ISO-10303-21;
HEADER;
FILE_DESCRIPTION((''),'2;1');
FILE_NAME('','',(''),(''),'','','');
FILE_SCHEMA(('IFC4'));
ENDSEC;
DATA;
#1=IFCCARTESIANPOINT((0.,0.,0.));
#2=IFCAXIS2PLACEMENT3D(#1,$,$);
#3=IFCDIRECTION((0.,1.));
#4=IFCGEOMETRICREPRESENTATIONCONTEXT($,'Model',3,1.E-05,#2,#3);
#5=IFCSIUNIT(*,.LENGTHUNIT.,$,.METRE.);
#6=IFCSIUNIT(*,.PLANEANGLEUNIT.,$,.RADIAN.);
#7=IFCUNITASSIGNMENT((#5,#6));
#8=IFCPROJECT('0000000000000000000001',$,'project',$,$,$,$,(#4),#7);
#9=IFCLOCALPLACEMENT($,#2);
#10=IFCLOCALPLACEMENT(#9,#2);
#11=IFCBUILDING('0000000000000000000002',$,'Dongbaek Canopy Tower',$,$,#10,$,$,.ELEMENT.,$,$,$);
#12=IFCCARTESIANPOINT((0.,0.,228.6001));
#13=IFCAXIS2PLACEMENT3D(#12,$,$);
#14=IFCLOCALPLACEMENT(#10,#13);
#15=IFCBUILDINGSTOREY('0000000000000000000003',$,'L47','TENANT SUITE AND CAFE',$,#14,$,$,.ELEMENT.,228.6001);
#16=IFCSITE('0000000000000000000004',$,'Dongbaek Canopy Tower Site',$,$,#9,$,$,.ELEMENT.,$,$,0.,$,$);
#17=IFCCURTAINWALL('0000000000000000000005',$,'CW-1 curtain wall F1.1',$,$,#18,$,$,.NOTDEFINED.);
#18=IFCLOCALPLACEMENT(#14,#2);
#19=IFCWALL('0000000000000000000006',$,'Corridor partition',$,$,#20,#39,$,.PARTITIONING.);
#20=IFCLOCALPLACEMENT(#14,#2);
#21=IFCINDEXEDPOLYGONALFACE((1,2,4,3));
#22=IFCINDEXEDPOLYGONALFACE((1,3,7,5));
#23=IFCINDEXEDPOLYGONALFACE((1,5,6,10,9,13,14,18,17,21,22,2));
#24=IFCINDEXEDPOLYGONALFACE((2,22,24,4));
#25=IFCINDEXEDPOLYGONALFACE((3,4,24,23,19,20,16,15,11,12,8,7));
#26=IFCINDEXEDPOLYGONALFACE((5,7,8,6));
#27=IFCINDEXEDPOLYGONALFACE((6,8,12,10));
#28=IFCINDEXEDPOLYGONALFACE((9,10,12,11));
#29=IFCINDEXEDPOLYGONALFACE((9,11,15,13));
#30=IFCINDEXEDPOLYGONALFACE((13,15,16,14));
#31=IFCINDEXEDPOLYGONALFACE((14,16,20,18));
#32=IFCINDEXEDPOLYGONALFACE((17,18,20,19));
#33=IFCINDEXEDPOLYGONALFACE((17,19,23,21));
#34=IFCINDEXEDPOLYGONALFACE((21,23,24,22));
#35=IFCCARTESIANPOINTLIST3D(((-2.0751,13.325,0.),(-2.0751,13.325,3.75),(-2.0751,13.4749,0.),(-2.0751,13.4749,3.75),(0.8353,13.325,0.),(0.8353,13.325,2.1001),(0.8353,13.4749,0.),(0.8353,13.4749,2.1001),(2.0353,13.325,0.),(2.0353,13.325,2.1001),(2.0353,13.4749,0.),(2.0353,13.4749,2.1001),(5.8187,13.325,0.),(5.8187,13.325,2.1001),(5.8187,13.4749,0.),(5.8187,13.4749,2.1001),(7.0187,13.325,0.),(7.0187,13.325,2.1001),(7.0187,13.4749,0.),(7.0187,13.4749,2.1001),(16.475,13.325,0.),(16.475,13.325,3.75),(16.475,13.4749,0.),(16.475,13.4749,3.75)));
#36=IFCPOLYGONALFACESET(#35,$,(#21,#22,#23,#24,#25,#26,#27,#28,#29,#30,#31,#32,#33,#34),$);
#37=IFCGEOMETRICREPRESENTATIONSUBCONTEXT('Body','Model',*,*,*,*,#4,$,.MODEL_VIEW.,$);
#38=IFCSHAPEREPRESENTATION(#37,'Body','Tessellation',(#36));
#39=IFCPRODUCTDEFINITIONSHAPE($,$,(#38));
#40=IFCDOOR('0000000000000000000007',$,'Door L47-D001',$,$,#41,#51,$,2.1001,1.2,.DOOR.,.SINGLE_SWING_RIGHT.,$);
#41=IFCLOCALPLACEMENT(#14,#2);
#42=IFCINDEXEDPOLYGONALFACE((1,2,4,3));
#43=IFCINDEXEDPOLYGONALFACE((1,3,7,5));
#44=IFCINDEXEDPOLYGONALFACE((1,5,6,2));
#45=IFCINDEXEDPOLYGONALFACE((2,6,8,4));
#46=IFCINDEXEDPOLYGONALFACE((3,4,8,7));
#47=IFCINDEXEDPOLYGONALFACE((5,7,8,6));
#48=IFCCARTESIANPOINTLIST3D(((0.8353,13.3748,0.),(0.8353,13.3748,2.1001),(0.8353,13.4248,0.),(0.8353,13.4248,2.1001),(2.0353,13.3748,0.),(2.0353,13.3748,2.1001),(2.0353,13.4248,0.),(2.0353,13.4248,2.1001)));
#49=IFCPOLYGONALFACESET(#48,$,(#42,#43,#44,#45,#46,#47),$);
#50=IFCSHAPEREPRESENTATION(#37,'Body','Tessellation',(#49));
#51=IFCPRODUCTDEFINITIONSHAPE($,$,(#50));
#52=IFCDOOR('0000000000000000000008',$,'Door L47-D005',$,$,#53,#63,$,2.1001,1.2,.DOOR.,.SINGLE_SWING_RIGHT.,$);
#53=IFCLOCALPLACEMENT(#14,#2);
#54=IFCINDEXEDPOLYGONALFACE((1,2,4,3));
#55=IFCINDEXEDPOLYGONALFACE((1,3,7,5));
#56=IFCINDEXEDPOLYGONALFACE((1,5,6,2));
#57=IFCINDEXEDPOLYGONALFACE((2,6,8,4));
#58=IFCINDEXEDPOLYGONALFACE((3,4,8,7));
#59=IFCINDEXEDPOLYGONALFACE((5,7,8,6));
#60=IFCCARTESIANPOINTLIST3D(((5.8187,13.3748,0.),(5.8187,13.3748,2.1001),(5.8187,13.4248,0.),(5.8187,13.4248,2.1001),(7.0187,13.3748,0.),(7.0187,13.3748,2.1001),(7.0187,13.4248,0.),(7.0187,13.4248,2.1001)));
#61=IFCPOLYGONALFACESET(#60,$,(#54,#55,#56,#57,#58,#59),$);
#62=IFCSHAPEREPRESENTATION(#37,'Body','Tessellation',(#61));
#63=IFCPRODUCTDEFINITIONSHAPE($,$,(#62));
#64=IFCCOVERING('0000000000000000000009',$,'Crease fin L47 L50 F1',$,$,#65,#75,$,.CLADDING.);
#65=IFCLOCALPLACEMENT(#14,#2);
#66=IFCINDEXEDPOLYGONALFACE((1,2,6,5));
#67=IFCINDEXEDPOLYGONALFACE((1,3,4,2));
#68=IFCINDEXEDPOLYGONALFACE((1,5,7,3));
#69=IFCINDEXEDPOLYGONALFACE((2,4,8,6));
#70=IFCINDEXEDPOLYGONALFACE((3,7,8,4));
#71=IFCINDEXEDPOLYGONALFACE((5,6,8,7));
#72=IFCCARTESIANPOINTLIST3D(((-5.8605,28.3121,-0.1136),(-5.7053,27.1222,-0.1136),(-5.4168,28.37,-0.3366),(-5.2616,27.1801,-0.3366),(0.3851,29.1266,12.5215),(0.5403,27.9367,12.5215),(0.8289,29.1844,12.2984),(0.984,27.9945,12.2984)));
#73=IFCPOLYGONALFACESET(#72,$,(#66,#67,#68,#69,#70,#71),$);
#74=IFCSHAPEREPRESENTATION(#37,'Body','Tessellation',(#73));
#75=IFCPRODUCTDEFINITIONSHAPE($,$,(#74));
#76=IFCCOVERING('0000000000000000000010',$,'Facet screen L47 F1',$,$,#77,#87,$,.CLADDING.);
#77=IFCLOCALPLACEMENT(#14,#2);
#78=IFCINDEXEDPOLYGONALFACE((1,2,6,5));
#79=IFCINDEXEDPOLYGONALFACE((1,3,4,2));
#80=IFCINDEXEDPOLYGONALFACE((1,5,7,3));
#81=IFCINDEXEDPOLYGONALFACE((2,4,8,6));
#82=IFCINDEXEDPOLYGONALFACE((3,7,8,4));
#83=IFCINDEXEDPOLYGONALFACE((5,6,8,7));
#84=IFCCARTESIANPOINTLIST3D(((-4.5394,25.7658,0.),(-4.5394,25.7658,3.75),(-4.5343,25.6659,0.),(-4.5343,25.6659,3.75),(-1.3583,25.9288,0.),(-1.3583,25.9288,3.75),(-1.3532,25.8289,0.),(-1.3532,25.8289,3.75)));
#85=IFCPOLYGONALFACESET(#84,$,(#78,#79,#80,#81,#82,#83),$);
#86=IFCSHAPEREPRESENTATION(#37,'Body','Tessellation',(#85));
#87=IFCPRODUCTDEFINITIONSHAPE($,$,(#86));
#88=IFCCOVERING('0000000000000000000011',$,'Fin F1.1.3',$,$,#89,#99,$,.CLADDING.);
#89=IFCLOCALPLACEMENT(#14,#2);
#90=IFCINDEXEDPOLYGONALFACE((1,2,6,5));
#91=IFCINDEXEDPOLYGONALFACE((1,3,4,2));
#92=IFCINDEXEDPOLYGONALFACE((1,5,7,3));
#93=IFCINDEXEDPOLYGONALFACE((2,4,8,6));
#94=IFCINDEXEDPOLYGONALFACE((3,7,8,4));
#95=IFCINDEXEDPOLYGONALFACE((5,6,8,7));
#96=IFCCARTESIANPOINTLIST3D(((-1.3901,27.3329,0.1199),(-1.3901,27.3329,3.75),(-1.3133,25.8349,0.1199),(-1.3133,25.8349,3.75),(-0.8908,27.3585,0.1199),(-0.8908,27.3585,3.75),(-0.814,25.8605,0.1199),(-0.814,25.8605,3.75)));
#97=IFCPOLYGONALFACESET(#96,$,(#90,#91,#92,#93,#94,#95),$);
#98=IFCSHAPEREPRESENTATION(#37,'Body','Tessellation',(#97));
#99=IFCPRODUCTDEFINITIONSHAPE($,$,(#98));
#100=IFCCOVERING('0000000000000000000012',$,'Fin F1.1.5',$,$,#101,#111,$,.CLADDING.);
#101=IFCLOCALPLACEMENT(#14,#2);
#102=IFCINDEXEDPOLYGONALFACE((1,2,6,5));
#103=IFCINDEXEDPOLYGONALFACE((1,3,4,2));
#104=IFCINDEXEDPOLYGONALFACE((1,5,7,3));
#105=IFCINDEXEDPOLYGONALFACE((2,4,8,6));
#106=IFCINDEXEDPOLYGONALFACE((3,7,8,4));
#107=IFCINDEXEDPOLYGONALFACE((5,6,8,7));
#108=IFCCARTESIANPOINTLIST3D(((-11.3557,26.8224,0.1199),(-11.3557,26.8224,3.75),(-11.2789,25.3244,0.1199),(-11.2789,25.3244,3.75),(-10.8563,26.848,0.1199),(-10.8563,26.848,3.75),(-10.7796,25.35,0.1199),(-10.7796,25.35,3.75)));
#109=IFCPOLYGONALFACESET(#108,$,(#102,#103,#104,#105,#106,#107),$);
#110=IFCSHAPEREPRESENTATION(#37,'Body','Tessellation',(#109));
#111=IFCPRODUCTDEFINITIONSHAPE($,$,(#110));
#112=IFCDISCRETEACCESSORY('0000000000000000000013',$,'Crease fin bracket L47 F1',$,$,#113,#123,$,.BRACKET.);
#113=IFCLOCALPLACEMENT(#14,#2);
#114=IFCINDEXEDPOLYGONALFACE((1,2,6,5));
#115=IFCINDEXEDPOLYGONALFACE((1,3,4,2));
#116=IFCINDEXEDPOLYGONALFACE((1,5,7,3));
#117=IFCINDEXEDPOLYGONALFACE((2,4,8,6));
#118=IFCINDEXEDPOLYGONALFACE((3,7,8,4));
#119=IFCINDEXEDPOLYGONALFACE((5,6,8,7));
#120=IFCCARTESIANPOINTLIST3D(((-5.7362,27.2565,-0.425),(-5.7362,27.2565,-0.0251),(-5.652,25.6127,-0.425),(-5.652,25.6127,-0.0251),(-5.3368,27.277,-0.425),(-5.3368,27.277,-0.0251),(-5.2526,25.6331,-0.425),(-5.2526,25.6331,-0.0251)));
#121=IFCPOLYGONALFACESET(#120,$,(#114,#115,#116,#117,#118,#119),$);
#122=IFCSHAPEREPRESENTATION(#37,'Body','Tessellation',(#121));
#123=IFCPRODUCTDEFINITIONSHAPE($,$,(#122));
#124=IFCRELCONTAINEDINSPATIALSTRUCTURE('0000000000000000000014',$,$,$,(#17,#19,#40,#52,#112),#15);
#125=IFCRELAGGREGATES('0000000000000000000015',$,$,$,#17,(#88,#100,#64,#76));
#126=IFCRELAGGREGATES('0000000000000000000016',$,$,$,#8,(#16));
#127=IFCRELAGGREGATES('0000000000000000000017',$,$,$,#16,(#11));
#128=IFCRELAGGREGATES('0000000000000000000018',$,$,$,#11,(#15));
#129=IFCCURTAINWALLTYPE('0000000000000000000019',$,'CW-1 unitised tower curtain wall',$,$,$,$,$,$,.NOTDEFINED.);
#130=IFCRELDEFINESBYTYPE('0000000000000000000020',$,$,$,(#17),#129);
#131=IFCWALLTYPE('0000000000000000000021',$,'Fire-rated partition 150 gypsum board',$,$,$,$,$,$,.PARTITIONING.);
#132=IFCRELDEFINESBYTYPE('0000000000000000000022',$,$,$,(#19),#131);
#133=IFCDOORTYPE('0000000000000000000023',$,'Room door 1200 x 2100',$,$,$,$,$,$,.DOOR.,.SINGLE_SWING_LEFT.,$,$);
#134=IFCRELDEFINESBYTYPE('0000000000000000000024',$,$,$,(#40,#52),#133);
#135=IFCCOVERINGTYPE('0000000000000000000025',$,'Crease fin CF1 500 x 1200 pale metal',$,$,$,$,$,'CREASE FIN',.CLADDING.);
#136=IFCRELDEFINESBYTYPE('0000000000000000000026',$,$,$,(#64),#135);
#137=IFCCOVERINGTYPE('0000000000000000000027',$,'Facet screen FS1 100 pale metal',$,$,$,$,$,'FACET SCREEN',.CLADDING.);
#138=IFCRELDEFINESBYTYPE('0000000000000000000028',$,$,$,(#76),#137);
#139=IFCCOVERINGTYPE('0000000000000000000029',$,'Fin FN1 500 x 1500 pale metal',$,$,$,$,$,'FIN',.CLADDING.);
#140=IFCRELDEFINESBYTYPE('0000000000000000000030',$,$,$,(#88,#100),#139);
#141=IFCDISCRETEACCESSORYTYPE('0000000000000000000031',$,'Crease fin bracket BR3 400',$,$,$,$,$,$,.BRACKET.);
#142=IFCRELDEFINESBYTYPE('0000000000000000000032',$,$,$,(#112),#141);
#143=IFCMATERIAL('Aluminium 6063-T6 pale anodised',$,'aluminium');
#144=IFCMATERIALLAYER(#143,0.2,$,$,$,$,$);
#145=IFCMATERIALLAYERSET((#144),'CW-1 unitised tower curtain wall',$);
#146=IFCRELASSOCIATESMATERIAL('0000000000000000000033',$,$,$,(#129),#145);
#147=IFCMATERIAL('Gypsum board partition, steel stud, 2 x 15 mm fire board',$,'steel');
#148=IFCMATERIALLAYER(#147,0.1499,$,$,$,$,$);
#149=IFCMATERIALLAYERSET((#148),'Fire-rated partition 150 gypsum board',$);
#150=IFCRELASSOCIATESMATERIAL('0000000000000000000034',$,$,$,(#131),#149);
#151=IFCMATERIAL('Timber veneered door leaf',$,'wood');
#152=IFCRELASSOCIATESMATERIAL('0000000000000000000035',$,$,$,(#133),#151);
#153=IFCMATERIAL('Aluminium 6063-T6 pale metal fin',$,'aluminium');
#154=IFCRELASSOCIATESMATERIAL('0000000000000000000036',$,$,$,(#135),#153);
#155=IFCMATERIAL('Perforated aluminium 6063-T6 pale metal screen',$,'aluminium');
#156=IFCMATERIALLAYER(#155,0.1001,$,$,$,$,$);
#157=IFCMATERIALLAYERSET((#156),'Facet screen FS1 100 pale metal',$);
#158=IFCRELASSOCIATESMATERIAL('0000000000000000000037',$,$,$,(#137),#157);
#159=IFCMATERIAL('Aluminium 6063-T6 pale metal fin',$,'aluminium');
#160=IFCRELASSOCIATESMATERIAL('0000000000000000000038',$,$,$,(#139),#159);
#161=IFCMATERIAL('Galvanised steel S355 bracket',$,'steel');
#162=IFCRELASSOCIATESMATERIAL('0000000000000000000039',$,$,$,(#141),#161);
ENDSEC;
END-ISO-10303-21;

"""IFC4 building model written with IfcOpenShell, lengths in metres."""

from ifc_helpers import new_model, si_unit, direction, frame, frame_2d, origin, origin_2d, place, context, subcontext, project, spatial, rectangle, extrude, material, layer, layer_set, material_profile, profile_set, type_object, element, fill, aggregate, save


model = new_model("IFC4")

# Units and contexts
model_context = context("Model", 3, precision=1e-05, world=origin(), true_north=direction((0.0, 1.0)))
body_context = subcontext(model_context, "Body", "Model", "MODEL_VIEW")
ifc_project = project(units=[si_unit("LENGTHUNIT", "METRE"), si_unit("PLANEANGLEUNIT", "RADIAN")], contexts=[model_context])

# Site, building, storey
site_placement = place(None, origin())
site = spatial("IfcSite", under=ifc_project, at=site_placement, Name="Dongbaek Canopy Tower Site", CompositionType="ELEMENT", RefElevation=0.0)
building_placement = place(site_placement, origin())
building = spatial("IfcBuilding", under=site, at=building_placement, Name="Dongbaek Canopy Tower", CompositionType="ELEMENT")
storey_placement = place(building_placement, frame((0.0, 0.0, 228.6001)))
storey = spatial("IfcBuildingStorey", under=building, at=storey_placement, Name="L47", Description="TENANT SUITE AND CAFE", CompositionType="ELEMENT", Elevation=228.6001)

# Curtain wall
ifc_material_1 = material(Name="Aluminium 6063-T6 pale anodised", Category="aluminium")
ifc_layer_1 = layer(ifc_material_1, 0.2)
ifc_layer_set_1 = layer_set([ifc_layer_1], Name="CW-1 unitised tower curtain wall")
curtain_wall_type = type_object("IfcCurtainWallType", Name="CW-1 unitised tower curtain wall", PredefinedType="NOTDEFINED", material=ifc_layer_set_1)
curtain_wall_1_placement = place(storey_placement, origin())
curtain_wall_1 = element("IfcCurtainWall", 1, at=curtain_wall_1_placement, inside=storey, type_object=curtain_wall_type, Name="CW-1 curtain wall F1.1", PredefinedType="NOTDEFINED")

# Wall, openings, doors
ifc_material_2 = material(Name="Gypsum board partition, steel stud, 2 x 15 mm fire board", Category="steel")
ifc_layer_2 = layer(ifc_material_2, 0.1499)
ifc_layer_set_2 = layer_set([ifc_layer_2], Name="Fire-rated partition 150 gypsum board")
wall_type = type_object("IfcWallType", Name="Fire-rated partition 150 gypsum board", PredefinedType="PARTITIONING", material=ifc_layer_set_2)
wall_placement = place(storey_placement, frame((-2.075, 13.3999, 0.0), z_axis=(0.0, 0.0, 1.0), x_axis=(1.0, 0.0, 0.0)))
wall = element("IfcWall", 2, at=wall_placement, inside=storey, type_object=wall_type, Name="Corridor partition", PredefinedType="PARTITIONING", context=body_context, shape_type="SweptSolid", body=[
    extrude(rectangle(XDim=18.55, YDim=0.1499, at=frame_2d((9.2749, 0.0))), origin(), (0.0, 0.0, 1.0), 3.75),
])
opening_1_placement = place(wall_placement, frame((2.9102, 0.0, 0.0)))
opening_1 = element("IfcOpeningElement", 3, at=opening_1_placement, cuts=wall, PredefinedType="OPENING", context=body_context, shape_type="SweptSolid", body=[
    extrude(rectangle(XDim=1.2, YDim=2.1001, at=frame_2d((0.6001, 1.05))), frame((0.0, 0.085, 0.0), z_axis=(0.0, -1.0, 0.0), x_axis=(1.0, 0.0, 0.0)), (0.0, 0.0, 1.0), 0.1699),
])
opening_2_placement = place(wall_placement, frame((7.8936, 0.0, 0.0)))
opening_2 = element("IfcOpeningElement", 4, at=opening_2_placement, cuts=wall, PredefinedType="OPENING", context=body_context, shape_type="SweptSolid", body=[
    extrude(rectangle(XDim=1.2, YDim=2.1001, at=frame_2d((0.6001, 1.05))), frame((0.0, 0.085, 0.0), z_axis=(0.0, -1.0, 0.0), x_axis=(1.0, 0.0, 0.0)), (0.0, 0.0, 1.0), 0.1699),
])
ifc_material_3 = material(Name="Timber veneered door leaf", Category="wood")
door_type = type_object("IfcDoorType", Name="Room door 1200 x 2100", OperationType="SINGLE_SWING_LEFT", PredefinedType="DOOR", material=ifc_material_3)
door_1_placement = place(opening_1_placement, origin())
door_1 = element("IfcDoor", 5, at=door_1_placement, inside=storey, type_object=door_type, Name="Door L47-D001", OperationType="SINGLE_SWING_RIGHT", OverallHeight=2.1001, OverallWidth=1.2, PredefinedType="DOOR", context=body_context, shape_type="SweptSolid", body=[
    extrude(rectangle(XDim=1.2, YDim=2.1001, at=frame_2d((0.6001, 1.05))), frame((0.0, 0.0249, 0.0), z_axis=(0.0, -1.0, 0.0), x_axis=(1.0, 0.0, 0.0)), (0.0, 0.0, 1.0), 0.05),
])
fill(opening_1, door_1)
door_2_placement = place(opening_2_placement, origin())
door_2 = element("IfcDoor", 6, at=door_2_placement, inside=storey, type_object=door_type, Name="Door L47-D005", OperationType="SINGLE_SWING_RIGHT", OverallHeight=2.1001, OverallWidth=1.2, PredefinedType="DOOR", context=body_context, shape_type="SweptSolid", body=[
    extrude(rectangle(XDim=1.2, YDim=2.1001, at=frame_2d((0.6001, 1.05))), frame((0.0, 0.0249, 0.0), z_axis=(0.0, -1.0, 0.0), x_axis=(1.0, 0.0, 0.0)), (0.0, 0.0, 1.0), 0.05),
])
fill(opening_2, door_2)

# Coverings
ifc_material_4 = material(Name="Aluminium 6063-T6 pale metal fin", Category="aluminium")
ifc_material_profile_1 = material_profile(ifc_material_4, rectangle(XDim=1.2, YDim=0.5, at=origin_2d()), Name="Crease fin CF1 500 x 1200 pale metal")
ifc_profile_set_1 = profile_set([ifc_material_profile_1], Name="Aluminium 6063-T6 pale metal fin")
covering_type_1 = type_object("IfcCoveringType", Name="Crease fin CF1 500 x 1200 pale metal", ElementType="CREASE FIN", PredefinedType="CLADDING", material=ifc_profile_set_1)
covering_1_placement = place(storey_placement, frame((-5.561, 27.7461, -0.2251), z_axis=(0.44239, 0.057689, 0.894965), x_axis=(-0.129309, 0.991604, 0.0)))
covering_1 = element("IfcCovering", 7, at=covering_1_placement, type_object=covering_type_1, Name="Crease fin L47 L50 F1", PredefinedType="CLADDING", context=body_context, shape_type="SweptSolid", body=[
    extrude(rectangle(XDim=1.2, YDim=0.5, at=origin_2d()), origin(), (0.0, 0.0, 1.0), 14.1179),
])
ifc_material_5 = material(Name="Perforated aluminium 6063-T6 pale metal screen", Category="aluminium")
ifc_layer_3 = layer(ifc_material_5, 0.1001)
ifc_layer_set_3 = layer_set([ifc_layer_3], Name="Facet screen FS1 100 pale metal")
covering_type_2 = type_object("IfcCoveringType", Name="Facet screen FS1 100 pale metal", ElementType="FACET SCREEN", PredefinedType="CLADDING", material=ifc_layer_set_3)
covering_2_placement = place(storey_placement, frame((-2.9463, 25.7974, 0.0), z_axis=(0.0, 0.0, 1.0), x_axis=(-0.99869, -0.051172, 0.0)))
covering_2 = element("IfcCovering", 8, at=covering_2_placement, type_object=covering_type_2, Name="Facet screen L47 F1", PredefinedType="CLADDING", context=body_context, shape_type="SweptSolid", body=[
    extrude(rectangle(XDim=3.1853, YDim=0.1001, at=origin_2d()), origin(), (0.0, 0.0, 1.0), 3.75),
])
ifc_material_6 = material(Name="Aluminium 6063-T6 pale metal fin", Category="aluminium")
ifc_material_profile_2 = material_profile(ifc_material_6, rectangle(XDim=1.5, YDim=0.5, at=origin_2d()), Name="Fin FN1 500 x 1500 pale metal")
ifc_profile_set_2 = profile_set([ifc_material_profile_2], Name="Aluminium 6063-T6 pale metal fin")
covering_type_3 = type_object("IfcCoveringType", Name="Fin FN1 500 x 1500 pale metal", ElementType="FIN", PredefinedType="CLADDING", material=ifc_profile_set_2)
covering_3_placement = place(storey_placement, frame((-1.1021, 26.5967, 0.1199), z_axis=(0.0, 0.0, 1.0), x_axis=(-0.051171, 0.99869, 0.0)))
covering_3 = element("IfcCovering", 9, at=covering_3_placement, type_object=covering_type_3, Name="Fin F1.1.3", PredefinedType="CLADDING", context=body_context, shape_type="SweptSolid", body=[
    extrude(rectangle(XDim=1.5, YDim=0.5, at=origin_2d()), origin(), (0.0, 0.0, 1.0), 3.6301),
])
covering_4_placement = place(storey_placement, frame((-11.0676, 26.0862, 0.1199), z_axis=(0.0, 0.0, 1.0), x_axis=(-0.051171, 0.99869, 0.0)))
covering_4 = element("IfcCovering", 10, at=covering_4_placement, type_object=covering_type_3, Name="Fin F1.1.5", PredefinedType="CLADDING", context=body_context, shape_type="SweptSolid", body=[
    extrude(rectangle(XDim=1.5, YDim=0.5, at=origin_2d()), origin(), (0.0, 0.0, 1.0), 3.6301),
])
aggregate(curtain_wall_1, [covering_3, covering_4, covering_1, covering_2])

# Discrete accessory
ifc_material_7 = material(Name="Galvanised steel S355 bracket", Category="steel")
discrete_accessory_type = type_object("IfcDiscreteAccessoryType", Name="Crease fin bracket BR3 400", PredefinedType="BRACKET", material=ifc_material_7)
discrete_accessory_placement = place(storey_placement, frame((-5.4944, 26.4448, -0.425), z_axis=(0.0, 0.0, 1.0), x_axis=(-0.051172, 0.99869, 0.0)))
element("IfcDiscreteAccessory", 11, at=discrete_accessory_placement, inside=storey, type_object=discrete_accessory_type, Name="Crease fin bracket L47 F1", PredefinedType="BRACKET", context=body_context, shape_type="SweptSolid", body=[
    extrude(rectangle(XDim=1.646, YDim=0.3999, at=origin_2d()), origin(), (0.0, 0.0, 1.0), 0.3999),
])

save(model, "model.ifc")
